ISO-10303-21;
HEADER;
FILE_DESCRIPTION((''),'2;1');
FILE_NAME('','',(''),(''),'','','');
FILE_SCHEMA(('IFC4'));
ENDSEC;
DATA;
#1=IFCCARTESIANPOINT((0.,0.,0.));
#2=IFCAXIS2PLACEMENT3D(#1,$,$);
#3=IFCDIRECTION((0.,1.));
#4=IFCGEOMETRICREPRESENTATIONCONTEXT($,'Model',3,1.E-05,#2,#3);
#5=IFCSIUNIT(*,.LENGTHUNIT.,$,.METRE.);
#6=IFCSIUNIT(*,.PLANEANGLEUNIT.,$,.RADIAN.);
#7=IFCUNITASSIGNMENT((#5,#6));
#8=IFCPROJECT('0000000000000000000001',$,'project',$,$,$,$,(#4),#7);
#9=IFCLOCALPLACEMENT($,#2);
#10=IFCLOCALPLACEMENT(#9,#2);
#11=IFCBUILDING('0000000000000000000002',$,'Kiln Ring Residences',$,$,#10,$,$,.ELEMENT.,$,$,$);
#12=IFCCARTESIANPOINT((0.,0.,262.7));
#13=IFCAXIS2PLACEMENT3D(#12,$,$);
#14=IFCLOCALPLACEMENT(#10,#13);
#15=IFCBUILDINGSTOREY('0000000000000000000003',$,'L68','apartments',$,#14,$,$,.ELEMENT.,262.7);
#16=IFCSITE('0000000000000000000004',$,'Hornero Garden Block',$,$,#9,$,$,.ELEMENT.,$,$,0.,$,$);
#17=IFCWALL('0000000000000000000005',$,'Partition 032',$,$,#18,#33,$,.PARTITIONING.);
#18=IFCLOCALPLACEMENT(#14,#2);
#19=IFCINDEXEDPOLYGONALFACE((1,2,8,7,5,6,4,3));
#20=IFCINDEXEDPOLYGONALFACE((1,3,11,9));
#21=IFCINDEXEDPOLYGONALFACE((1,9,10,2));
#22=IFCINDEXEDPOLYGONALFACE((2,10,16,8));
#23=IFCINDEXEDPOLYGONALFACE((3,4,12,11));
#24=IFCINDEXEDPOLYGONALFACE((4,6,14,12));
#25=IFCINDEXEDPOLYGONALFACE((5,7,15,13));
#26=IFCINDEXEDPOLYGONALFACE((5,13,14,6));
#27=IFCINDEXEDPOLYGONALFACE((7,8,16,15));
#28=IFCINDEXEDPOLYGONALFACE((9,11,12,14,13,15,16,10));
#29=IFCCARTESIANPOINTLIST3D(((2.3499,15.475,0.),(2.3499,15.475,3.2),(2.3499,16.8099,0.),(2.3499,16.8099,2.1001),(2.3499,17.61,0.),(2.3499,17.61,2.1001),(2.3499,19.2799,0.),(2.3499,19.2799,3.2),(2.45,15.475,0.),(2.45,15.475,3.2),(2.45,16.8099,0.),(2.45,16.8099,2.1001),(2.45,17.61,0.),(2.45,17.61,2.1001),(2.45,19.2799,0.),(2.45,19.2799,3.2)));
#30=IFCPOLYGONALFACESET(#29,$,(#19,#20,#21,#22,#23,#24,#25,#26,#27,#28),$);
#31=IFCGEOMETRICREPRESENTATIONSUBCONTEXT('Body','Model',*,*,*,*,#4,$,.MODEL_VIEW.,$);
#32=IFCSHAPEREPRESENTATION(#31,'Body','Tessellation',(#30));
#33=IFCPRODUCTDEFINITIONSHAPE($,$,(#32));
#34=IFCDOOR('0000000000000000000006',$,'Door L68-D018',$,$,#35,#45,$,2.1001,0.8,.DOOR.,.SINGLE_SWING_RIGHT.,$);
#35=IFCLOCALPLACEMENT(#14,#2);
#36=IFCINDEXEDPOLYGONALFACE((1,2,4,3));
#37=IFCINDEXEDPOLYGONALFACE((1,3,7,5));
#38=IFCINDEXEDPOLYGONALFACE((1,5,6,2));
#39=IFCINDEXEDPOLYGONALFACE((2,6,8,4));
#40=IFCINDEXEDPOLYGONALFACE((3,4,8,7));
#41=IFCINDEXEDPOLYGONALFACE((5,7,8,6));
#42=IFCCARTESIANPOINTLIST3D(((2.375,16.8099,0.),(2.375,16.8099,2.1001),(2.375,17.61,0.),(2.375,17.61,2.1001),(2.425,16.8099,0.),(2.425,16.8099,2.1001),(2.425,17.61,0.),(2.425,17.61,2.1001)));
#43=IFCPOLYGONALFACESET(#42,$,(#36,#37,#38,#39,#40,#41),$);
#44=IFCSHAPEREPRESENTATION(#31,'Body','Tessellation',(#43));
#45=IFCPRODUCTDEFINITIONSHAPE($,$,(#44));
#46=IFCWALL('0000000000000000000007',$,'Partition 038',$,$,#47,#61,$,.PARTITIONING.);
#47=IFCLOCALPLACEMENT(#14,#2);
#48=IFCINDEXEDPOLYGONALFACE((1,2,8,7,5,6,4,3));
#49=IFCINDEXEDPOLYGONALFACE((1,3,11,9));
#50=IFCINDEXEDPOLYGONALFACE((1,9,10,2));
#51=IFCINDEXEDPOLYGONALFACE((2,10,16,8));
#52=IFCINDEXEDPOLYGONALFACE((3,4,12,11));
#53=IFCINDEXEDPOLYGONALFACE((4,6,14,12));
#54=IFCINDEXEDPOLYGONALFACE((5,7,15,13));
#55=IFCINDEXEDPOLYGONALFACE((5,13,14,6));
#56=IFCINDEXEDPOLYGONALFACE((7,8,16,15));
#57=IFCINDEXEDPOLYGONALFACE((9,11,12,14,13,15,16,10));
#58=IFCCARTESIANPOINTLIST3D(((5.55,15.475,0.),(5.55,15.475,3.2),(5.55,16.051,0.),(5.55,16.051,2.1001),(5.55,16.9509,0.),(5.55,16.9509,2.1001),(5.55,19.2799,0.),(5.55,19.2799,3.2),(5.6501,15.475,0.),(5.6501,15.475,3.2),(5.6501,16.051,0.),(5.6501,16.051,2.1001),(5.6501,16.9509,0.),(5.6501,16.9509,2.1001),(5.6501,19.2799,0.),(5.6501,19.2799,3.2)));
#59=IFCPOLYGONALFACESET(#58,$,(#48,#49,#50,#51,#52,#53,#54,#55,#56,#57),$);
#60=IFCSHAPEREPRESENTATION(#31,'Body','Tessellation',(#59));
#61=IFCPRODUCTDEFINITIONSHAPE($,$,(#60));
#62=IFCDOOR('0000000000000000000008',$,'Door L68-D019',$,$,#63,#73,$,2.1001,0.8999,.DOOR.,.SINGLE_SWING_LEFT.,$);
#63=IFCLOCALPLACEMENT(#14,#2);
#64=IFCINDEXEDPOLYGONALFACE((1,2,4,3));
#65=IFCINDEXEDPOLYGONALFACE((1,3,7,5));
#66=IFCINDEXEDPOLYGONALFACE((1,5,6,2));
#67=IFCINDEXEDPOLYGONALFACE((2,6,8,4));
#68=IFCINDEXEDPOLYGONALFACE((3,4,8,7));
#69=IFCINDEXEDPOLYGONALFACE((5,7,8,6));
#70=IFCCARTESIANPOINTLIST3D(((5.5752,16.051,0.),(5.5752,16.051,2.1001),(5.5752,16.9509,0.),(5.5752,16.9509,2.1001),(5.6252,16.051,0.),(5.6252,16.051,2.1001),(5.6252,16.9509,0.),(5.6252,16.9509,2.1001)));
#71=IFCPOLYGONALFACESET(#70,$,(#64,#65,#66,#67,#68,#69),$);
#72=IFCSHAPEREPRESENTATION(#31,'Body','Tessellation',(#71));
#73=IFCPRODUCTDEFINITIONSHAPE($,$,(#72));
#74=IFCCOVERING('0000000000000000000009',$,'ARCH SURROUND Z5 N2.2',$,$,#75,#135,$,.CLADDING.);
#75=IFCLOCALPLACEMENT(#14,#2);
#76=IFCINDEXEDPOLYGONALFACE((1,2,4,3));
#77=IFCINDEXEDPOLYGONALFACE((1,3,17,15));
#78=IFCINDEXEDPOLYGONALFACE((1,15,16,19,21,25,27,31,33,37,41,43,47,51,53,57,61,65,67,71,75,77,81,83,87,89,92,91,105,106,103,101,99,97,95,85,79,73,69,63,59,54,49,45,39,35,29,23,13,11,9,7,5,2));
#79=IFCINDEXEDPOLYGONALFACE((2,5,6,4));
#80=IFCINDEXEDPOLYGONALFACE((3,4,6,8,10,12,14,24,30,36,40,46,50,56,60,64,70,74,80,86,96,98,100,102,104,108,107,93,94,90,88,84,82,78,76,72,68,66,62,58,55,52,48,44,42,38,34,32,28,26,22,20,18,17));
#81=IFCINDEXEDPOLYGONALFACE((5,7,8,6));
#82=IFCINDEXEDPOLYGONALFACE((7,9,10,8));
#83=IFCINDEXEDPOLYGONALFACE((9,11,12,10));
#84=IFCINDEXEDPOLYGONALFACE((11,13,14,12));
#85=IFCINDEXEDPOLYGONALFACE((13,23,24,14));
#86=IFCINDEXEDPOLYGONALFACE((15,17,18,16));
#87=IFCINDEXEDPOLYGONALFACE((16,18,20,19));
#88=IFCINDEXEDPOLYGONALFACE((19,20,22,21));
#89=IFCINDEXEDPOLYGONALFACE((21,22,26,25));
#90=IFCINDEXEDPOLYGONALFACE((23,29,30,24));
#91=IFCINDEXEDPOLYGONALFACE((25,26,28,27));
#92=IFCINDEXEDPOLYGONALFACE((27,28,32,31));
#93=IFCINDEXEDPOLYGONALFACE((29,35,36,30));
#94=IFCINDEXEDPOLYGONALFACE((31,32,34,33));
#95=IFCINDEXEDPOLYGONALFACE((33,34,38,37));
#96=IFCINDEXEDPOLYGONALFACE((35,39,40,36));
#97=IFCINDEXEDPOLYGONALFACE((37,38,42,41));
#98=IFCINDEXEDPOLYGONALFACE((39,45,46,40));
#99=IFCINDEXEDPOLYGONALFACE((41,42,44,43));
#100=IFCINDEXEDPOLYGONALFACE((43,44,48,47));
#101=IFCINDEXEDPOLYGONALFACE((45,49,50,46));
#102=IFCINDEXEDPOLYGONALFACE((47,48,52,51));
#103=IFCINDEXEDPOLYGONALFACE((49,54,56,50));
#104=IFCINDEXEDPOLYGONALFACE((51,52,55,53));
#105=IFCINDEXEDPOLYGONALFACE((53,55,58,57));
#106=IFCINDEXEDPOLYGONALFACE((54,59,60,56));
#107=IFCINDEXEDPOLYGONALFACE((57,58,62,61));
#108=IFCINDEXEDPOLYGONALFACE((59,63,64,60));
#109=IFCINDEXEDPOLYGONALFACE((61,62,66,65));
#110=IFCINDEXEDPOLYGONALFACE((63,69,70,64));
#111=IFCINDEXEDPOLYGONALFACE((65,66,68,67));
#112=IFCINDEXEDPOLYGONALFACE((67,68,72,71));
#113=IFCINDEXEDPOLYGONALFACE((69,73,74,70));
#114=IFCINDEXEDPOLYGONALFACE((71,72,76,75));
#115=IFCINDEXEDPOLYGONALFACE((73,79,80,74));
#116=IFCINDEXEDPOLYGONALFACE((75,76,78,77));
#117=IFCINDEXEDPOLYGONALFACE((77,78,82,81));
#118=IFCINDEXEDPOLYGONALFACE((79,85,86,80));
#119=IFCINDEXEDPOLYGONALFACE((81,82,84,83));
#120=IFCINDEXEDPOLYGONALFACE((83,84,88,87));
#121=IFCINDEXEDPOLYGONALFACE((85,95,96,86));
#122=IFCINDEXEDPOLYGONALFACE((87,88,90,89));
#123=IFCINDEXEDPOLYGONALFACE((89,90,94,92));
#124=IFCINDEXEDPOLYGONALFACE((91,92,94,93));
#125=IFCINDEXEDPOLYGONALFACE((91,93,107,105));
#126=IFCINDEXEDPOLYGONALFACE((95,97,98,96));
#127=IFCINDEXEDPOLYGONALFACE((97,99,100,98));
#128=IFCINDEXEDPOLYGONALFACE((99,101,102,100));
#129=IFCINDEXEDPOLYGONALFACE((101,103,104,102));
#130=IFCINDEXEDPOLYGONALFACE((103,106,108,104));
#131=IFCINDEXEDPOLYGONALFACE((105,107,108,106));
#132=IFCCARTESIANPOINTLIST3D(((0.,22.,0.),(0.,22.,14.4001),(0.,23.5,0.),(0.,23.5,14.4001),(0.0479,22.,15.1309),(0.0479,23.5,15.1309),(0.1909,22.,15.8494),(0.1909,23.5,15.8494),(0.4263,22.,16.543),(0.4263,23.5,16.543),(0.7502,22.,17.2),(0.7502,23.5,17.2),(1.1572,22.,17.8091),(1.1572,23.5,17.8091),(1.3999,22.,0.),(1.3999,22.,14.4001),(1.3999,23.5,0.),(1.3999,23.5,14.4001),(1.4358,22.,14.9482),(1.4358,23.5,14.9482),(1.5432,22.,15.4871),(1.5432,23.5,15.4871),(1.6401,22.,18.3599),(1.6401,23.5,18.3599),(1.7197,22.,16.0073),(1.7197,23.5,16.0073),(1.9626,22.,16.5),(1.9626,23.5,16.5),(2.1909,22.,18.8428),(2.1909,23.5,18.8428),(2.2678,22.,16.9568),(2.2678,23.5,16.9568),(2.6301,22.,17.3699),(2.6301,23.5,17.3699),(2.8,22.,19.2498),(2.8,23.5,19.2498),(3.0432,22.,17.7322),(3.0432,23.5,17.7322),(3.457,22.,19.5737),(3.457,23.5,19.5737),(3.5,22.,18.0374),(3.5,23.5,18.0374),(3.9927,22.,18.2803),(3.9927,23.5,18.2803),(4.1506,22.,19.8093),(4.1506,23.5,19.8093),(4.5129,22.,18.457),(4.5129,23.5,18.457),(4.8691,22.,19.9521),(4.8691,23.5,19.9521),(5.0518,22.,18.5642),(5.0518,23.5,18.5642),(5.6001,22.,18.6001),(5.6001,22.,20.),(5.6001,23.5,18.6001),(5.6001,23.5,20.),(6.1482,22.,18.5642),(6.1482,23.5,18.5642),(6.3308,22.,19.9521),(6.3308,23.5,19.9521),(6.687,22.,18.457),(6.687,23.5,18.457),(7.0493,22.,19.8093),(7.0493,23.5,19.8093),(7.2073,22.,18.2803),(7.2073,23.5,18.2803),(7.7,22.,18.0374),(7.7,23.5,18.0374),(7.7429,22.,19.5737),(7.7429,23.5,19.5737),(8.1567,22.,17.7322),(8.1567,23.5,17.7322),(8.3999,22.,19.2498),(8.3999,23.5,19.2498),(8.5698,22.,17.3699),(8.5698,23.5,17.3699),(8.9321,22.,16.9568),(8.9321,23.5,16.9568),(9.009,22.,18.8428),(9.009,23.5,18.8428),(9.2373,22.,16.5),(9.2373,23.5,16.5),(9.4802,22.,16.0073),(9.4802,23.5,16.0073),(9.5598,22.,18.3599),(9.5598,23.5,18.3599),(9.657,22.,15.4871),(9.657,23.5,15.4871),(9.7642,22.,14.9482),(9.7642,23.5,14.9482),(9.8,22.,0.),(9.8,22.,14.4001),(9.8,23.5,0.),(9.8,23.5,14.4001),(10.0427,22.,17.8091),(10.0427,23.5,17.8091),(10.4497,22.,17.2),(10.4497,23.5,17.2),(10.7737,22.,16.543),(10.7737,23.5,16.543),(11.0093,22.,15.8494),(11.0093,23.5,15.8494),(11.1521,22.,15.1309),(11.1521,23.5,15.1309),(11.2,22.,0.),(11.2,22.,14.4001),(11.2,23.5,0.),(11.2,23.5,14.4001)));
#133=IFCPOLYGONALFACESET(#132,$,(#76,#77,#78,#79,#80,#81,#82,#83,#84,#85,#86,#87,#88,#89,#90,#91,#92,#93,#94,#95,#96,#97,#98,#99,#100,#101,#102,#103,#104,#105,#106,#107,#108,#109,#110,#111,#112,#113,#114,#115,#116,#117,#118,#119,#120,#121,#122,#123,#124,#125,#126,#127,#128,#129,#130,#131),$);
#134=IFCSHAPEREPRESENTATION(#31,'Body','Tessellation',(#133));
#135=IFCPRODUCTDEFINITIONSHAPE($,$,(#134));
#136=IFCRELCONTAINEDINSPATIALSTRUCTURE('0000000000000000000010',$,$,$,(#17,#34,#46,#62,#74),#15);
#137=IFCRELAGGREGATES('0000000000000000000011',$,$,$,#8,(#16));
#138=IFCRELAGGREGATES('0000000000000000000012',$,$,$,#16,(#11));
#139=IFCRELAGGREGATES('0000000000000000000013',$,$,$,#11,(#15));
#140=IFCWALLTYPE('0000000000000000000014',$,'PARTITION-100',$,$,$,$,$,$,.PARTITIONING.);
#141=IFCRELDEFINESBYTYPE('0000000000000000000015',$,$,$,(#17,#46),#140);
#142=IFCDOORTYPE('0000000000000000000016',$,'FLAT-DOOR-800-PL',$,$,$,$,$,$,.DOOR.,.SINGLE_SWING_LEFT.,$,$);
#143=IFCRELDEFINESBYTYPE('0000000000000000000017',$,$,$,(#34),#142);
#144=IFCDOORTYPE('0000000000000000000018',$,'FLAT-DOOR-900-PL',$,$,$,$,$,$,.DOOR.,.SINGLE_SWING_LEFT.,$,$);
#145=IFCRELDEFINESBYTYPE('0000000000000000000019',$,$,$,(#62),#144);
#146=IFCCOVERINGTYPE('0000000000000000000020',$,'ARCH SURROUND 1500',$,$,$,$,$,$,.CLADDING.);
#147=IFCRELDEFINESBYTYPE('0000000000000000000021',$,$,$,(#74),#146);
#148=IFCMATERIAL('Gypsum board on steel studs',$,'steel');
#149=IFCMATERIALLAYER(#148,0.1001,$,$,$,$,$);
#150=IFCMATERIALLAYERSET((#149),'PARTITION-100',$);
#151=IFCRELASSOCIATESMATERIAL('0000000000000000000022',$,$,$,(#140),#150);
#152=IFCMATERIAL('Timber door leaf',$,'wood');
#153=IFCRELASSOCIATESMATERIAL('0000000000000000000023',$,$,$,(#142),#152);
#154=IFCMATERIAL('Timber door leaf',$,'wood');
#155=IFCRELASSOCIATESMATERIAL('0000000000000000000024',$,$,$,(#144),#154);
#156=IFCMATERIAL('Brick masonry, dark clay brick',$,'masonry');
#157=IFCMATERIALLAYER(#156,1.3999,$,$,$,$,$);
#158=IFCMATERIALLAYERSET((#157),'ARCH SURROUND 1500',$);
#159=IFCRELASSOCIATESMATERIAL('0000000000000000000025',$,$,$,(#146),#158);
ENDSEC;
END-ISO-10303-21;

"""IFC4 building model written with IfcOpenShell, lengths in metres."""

from ifc_helpers import new_model, si_unit, direction, frame, frame_2d, origin, place, context, subcontext, project, spatial, polyline, rectangle, outline, extrude, material, layer, layer_set, type_object, element, fill, save


model = new_model("IFC4")

# Units and contexts
model_context = context("Model", 3, precision=1e-05, world=origin(), true_north=direction((0.0, 1.0)))
body_context = subcontext(model_context, "Body", "Model", "MODEL_VIEW")
ifc_project = project(units=[si_unit("LENGTHUNIT", "METRE"), si_unit("PLANEANGLEUNIT", "RADIAN")], contexts=[model_context])

# Site, building, storey
site_placement = place(None, origin())
site = spatial("IfcSite", under=ifc_project, at=site_placement, Name="Hornero Garden Block", CompositionType="ELEMENT", RefElevation=0.0)
building_placement = place(site_placement, origin())
building = spatial("IfcBuilding", under=site, at=building_placement, Name="Kiln Ring Residences", CompositionType="ELEMENT")
storey_placement = place(building_placement, frame((0.0, 0.0, 262.7)))
storey = spatial("IfcBuildingStorey", under=building, at=storey_placement, Name="L68", Description="apartments", CompositionType="ELEMENT", Elevation=262.7)

# Walls, openings, doors
ifc_material_1 = material(Name="Gypsum board on steel studs", Category="steel")
ifc_layer_1 = layer(ifc_material_1, 0.1001)
ifc_layer_set_1 = layer_set([ifc_layer_1], Name="PARTITION-100")
wall_type_1 = type_object("IfcWallType", Name="PARTITION-100", PredefinedType="PARTITIONING", material=ifc_layer_set_1)
wall_1_placement = place(storey_placement, frame((2.3999, 15.4751, 0.0), z_axis=(0.0, 0.0, 1.0), x_axis=(0.0, 1.0, 0.0)))
wall_1 = element("IfcWall", 1, at=wall_1_placement, inside=storey, type_object=wall_type_1, Name="Partition 032", PredefinedType="PARTITIONING", context=body_context, shape_type="SweptSolid", body=[
    extrude(rectangle(XDim=3.8049, YDim=0.1001, at=frame_2d((1.9023, 0.0))), origin(), (0.0, 0.0, 1.0), 3.2),
])
opening_1_placement = place(wall_1_placement, frame((1.335, 0.0, 0.0)))
opening_1 = element("IfcOpeningElement", 2, at=opening_1_placement, cuts=wall_1, PredefinedType="OPENING", context=body_context, shape_type="SweptSolid", body=[
    extrude(rectangle(XDim=0.8, YDim=2.1001, at=frame_2d((0.3999, 1.05))), frame((0.0, 0.0601, 0.0), z_axis=(0.0, -1.0, 0.0), x_axis=(1.0, 0.0, 0.0)), (0.0, 0.0, 1.0), 0.1201),
])
ifc_material_2 = material(Name="Timber door leaf", Category="wood")
door_type_1 = type_object("IfcDoorType", Name="FLAT-DOOR-800-PL", OperationType="SINGLE_SWING_LEFT", PredefinedType="DOOR", material=ifc_material_2)
door_1_placement = place(opening_1_placement, origin())
door_1 = element("IfcDoor", 3, at=door_1_placement, inside=storey, type_object=door_type_1, Name="Door L68-D018", OperationType="SINGLE_SWING_RIGHT", OverallHeight=2.1001, OverallWidth=0.8, PredefinedType="DOOR", context=body_context, shape_type="SweptSolid", body=[
    extrude(rectangle(XDim=0.8, YDim=2.1001, at=frame_2d((0.3999, 1.05))), frame((0.0, 0.0249, 0.0), z_axis=(0.0, -1.0, 0.0), x_axis=(1.0, 0.0, 0.0)), (0.0, 0.0, 1.0), 0.05),
])
fill(opening_1, door_1)
wall_2_placement = place(storey_placement, frame((5.6001, 15.4751, 0.0), z_axis=(0.0, 0.0, 1.0), x_axis=(0.0, 1.0, 0.0)))
wall_2 = element("IfcWall", 4, at=wall_2_placement, inside=storey, type_object=wall_type_1, Name="Partition 038", PredefinedType="PARTITIONING", context=body_context, shape_type="SweptSolid", body=[
    extrude(rectangle(XDim=3.8049, YDim=0.1001, at=frame_2d((1.9023, 0.0))), origin(), (0.0, 0.0, 1.0), 3.2),
])
opening_2_placement = place(wall_2_placement, frame((0.5759, 0.0, 0.0)))
opening_2 = element("IfcOpeningElement", 5, at=opening_2_placement, cuts=wall_2, PredefinedType="OPENING", context=body_context, shape_type="SweptSolid", body=[
    extrude(rectangle(XDim=0.8999, YDim=2.1001, at=frame_2d((0.45, 1.05))), frame((0.0, 0.0601, 0.0), z_axis=(0.0, -1.0, 0.0), x_axis=(1.0, 0.0, 0.0)), (0.0, 0.0, 1.0), 0.1201),
])
ifc_material_3 = material(Name="Timber door leaf", Category="wood")
door_type_2 = type_object("IfcDoorType", Name="FLAT-DOOR-900-PL", OperationType="SINGLE_SWING_LEFT", PredefinedType="DOOR", material=ifc_material_3)
door_2_placement = place(opening_2_placement, origin())
door_2 = element("IfcDoor", 6, at=door_2_placement, inside=storey, type_object=door_type_2, Name="Door L68-D019", OperationType="SINGLE_SWING_LEFT", OverallHeight=2.1001, OverallWidth=0.8999, PredefinedType="DOOR", context=body_context, shape_type="SweptSolid", body=[
    extrude(rectangle(XDim=0.8999, YDim=2.1001, at=frame_2d((0.45, 1.05))), frame((0.0, 0.0249, 0.0), z_axis=(0.0, -1.0, 0.0), x_axis=(1.0, 0.0, 0.0)), (0.0, 0.0, 1.0), 0.05),
])
fill(opening_2, door_2)

# Covering
ifc_material_4 = material(Name="Brick masonry, dark clay brick", Category="masonry")
ifc_layer_2 = layer(ifc_material_4, 1.3999)
ifc_layer_set_2 = layer_set([ifc_layer_2], Name="ARCH SURROUND 1500")
covering_type = type_object("IfcCoveringType", Name="ARCH SURROUND 1500", PredefinedType="CLADDING", material=ifc_layer_set_2)
covering_placement = place(storey_placement, frame((0.0, 22.75, 0.0), z_axis=(0.0, 0.0, 1.0), x_axis=(1.0, 0.0, 0.0)))
element("IfcCovering", 7, at=covering_placement, inside=storey, type_object=covering_type, Name="ARCH SURROUND Z5 N2.2", PredefinedType="CLADDING", context=body_context, shape_type="SweptSolid", body=[
    extrude(outline(polyline([(0.0, 0.0), (0.0, 14.4001), (0.0479, 15.1309), (0.1909, 15.8494), (0.4263, 16.543), (0.7502, 17.2), (1.1572, 17.8091), (1.6401, 18.3599), (2.1909, 18.8428), (2.8, 19.2498), (3.457, 19.5737), (4.1506, 19.8093), (4.8691, 19.9521), (5.6001, 20.0), (6.3308, 19.9521), (7.0493, 19.8093), (7.7429, 19.5737), (8.3999, 19.2498), (9.009, 18.8428), (9.5598, 18.3599), (10.0427, 17.8091), (10.4497, 17.2), (10.7737, 16.543), (11.0093, 15.8494), (11.1521, 15.1309), (11.2, 14.4001), (11.2, 0.0), (9.8, 0.0), (9.8, 14.4001), (9.7642, 14.9482), (9.657, 15.4871), (9.4802, 16.0073), (9.2373, 16.5), (8.9321, 16.9568), (8.5698, 17.3699), (8.1567, 17.7322), (7.7, 18.0374), (7.2073, 18.2803), (6.687, 18.457), (6.1482, 18.5642), (5.6001, 18.6001), (5.0518, 18.5642), (4.5129, 18.457), (3.9927, 18.2803), (3.5, 18.0374), (3.0432, 17.7322), (2.6301, 17.3699), (2.2678, 16.9568), (1.9626, 16.5), (1.7197, 16.0073), (1.5432, 15.4871), (1.4358, 14.9482), (1.3999, 14.4001), (1.3999, 0.0), (0.0, 0.0)])), frame((0.0, 0.75, 0.0), z_axis=(0.0, -1.0, 0.0), x_axis=(1.0, 0.0, 0.0)), (0.0, 0.0, 1.0), 1.5),
])

save(model, "model.ifc")
